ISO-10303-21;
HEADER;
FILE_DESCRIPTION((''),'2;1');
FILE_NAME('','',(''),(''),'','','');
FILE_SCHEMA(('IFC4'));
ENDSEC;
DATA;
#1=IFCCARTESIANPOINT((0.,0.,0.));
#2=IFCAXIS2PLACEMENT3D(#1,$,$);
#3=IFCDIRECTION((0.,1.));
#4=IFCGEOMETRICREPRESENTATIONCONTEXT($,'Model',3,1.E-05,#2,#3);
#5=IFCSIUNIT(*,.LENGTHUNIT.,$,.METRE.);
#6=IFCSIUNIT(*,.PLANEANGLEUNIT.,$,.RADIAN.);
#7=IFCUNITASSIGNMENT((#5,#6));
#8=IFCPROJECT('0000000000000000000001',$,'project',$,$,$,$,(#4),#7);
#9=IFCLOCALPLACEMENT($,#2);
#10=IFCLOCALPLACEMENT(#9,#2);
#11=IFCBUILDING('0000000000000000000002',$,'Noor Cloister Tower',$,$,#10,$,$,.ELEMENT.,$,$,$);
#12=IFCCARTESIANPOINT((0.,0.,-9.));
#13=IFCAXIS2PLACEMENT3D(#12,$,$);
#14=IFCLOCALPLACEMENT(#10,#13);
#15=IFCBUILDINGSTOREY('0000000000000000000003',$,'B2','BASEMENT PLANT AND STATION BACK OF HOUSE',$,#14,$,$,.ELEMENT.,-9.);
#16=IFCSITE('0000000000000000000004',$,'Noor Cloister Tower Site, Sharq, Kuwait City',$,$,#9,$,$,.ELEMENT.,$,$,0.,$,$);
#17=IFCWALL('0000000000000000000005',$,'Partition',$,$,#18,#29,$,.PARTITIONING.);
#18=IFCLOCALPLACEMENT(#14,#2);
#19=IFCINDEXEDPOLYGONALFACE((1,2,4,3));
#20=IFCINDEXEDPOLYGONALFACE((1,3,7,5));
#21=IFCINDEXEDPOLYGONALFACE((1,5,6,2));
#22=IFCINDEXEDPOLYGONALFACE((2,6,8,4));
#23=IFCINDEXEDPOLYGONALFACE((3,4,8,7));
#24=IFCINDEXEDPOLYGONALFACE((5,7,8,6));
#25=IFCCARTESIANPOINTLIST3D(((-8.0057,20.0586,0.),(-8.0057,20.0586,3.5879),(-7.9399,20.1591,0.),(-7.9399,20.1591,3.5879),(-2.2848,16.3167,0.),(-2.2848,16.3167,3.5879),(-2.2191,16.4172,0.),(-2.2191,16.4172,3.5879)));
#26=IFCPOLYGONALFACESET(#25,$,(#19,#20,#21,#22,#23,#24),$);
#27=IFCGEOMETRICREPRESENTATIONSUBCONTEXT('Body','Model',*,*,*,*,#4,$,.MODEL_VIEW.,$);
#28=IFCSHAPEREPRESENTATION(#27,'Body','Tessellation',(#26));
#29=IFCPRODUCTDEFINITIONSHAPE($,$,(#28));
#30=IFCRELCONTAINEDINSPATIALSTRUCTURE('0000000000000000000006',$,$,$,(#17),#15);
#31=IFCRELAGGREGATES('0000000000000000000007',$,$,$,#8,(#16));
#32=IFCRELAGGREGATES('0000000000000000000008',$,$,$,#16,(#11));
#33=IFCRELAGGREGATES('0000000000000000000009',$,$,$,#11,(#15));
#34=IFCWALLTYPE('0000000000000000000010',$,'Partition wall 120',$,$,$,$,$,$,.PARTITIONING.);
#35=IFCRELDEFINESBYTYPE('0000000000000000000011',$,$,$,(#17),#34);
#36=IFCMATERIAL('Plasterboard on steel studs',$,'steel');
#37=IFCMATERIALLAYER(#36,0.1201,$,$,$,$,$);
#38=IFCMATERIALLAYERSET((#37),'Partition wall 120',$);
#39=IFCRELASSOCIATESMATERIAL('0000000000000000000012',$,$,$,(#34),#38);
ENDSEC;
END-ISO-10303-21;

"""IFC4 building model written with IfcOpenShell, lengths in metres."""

from ifc_helpers import new_model, si_unit, direction, frame, frame_2d, origin, place, context, subcontext, project, spatial, rectangle, extrude, material, layer, layer_set, type_object, element, save


model = new_model("IFC4")

# Units and contexts
model_context = context("Model", 3, precision=1e-05, world=origin(), true_north=direction((0.0, 1.0)))
body_context = subcontext(model_context, "Body", "Model", "MODEL_VIEW")
ifc_project = project(units=[si_unit("LENGTHUNIT", "METRE"), si_unit("PLANEANGLEUNIT", "RADIAN")], contexts=[model_context])

# Site, building, storey
site_placement = place(None, origin())
site = spatial("IfcSite", under=ifc_project, at=site_placement, Name="Noor Cloister Tower Site, Sharq, Kuwait City", CompositionType="ELEMENT", RefElevation=0.0)
building_placement = place(site_placement, origin())
building = spatial("IfcBuilding", under=site, at=building_placement, Name="Noor Cloister Tower", CompositionType="ELEMENT")
storey_placement = place(building_placement, frame((0.0, 0.0, -9.0)))
storey = spatial("IfcBuildingStorey", under=building, at=storey_placement, Name="B2", Description="BASEMENT PLANT AND STATION BACK OF HOUSE", CompositionType="ELEMENT", Elevation=-9.0)

# Wall
ifc_material_1 = material(Name="Plasterboard on steel studs", Category="steel")
ifc_layer_1 = layer(ifc_material_1, 0.1201)
ifc_layer_set_1 = layer_set([ifc_layer_1], Name="Partition wall 120")
wall_type_1 = type_object("IfcWallType", Name="Partition wall 120", PredefinedType="PARTITIONING", material=ifc_layer_set_1)
wall_1_placement = place(storey_placement, frame((-2.252, 16.3669, 0.0), z_axis=(0.0, 0.0, 1.0), x_axis=(-0.836881, 0.547385, 0.0)))
element("IfcWall", 1, at=wall_1_placement, inside=storey, type_object=wall_type_1, Name="Partition", PredefinedType="PARTITIONING", context=body_context, shape_type="SweptSolid", body=[
    extrude(rectangle(XDim=6.8359, YDim=0.1201, at=frame_2d((3.418, 0.0))), origin(), (0.0, 0.0, 1.0), 3.5879),
])

save(model, "model.ifc")
